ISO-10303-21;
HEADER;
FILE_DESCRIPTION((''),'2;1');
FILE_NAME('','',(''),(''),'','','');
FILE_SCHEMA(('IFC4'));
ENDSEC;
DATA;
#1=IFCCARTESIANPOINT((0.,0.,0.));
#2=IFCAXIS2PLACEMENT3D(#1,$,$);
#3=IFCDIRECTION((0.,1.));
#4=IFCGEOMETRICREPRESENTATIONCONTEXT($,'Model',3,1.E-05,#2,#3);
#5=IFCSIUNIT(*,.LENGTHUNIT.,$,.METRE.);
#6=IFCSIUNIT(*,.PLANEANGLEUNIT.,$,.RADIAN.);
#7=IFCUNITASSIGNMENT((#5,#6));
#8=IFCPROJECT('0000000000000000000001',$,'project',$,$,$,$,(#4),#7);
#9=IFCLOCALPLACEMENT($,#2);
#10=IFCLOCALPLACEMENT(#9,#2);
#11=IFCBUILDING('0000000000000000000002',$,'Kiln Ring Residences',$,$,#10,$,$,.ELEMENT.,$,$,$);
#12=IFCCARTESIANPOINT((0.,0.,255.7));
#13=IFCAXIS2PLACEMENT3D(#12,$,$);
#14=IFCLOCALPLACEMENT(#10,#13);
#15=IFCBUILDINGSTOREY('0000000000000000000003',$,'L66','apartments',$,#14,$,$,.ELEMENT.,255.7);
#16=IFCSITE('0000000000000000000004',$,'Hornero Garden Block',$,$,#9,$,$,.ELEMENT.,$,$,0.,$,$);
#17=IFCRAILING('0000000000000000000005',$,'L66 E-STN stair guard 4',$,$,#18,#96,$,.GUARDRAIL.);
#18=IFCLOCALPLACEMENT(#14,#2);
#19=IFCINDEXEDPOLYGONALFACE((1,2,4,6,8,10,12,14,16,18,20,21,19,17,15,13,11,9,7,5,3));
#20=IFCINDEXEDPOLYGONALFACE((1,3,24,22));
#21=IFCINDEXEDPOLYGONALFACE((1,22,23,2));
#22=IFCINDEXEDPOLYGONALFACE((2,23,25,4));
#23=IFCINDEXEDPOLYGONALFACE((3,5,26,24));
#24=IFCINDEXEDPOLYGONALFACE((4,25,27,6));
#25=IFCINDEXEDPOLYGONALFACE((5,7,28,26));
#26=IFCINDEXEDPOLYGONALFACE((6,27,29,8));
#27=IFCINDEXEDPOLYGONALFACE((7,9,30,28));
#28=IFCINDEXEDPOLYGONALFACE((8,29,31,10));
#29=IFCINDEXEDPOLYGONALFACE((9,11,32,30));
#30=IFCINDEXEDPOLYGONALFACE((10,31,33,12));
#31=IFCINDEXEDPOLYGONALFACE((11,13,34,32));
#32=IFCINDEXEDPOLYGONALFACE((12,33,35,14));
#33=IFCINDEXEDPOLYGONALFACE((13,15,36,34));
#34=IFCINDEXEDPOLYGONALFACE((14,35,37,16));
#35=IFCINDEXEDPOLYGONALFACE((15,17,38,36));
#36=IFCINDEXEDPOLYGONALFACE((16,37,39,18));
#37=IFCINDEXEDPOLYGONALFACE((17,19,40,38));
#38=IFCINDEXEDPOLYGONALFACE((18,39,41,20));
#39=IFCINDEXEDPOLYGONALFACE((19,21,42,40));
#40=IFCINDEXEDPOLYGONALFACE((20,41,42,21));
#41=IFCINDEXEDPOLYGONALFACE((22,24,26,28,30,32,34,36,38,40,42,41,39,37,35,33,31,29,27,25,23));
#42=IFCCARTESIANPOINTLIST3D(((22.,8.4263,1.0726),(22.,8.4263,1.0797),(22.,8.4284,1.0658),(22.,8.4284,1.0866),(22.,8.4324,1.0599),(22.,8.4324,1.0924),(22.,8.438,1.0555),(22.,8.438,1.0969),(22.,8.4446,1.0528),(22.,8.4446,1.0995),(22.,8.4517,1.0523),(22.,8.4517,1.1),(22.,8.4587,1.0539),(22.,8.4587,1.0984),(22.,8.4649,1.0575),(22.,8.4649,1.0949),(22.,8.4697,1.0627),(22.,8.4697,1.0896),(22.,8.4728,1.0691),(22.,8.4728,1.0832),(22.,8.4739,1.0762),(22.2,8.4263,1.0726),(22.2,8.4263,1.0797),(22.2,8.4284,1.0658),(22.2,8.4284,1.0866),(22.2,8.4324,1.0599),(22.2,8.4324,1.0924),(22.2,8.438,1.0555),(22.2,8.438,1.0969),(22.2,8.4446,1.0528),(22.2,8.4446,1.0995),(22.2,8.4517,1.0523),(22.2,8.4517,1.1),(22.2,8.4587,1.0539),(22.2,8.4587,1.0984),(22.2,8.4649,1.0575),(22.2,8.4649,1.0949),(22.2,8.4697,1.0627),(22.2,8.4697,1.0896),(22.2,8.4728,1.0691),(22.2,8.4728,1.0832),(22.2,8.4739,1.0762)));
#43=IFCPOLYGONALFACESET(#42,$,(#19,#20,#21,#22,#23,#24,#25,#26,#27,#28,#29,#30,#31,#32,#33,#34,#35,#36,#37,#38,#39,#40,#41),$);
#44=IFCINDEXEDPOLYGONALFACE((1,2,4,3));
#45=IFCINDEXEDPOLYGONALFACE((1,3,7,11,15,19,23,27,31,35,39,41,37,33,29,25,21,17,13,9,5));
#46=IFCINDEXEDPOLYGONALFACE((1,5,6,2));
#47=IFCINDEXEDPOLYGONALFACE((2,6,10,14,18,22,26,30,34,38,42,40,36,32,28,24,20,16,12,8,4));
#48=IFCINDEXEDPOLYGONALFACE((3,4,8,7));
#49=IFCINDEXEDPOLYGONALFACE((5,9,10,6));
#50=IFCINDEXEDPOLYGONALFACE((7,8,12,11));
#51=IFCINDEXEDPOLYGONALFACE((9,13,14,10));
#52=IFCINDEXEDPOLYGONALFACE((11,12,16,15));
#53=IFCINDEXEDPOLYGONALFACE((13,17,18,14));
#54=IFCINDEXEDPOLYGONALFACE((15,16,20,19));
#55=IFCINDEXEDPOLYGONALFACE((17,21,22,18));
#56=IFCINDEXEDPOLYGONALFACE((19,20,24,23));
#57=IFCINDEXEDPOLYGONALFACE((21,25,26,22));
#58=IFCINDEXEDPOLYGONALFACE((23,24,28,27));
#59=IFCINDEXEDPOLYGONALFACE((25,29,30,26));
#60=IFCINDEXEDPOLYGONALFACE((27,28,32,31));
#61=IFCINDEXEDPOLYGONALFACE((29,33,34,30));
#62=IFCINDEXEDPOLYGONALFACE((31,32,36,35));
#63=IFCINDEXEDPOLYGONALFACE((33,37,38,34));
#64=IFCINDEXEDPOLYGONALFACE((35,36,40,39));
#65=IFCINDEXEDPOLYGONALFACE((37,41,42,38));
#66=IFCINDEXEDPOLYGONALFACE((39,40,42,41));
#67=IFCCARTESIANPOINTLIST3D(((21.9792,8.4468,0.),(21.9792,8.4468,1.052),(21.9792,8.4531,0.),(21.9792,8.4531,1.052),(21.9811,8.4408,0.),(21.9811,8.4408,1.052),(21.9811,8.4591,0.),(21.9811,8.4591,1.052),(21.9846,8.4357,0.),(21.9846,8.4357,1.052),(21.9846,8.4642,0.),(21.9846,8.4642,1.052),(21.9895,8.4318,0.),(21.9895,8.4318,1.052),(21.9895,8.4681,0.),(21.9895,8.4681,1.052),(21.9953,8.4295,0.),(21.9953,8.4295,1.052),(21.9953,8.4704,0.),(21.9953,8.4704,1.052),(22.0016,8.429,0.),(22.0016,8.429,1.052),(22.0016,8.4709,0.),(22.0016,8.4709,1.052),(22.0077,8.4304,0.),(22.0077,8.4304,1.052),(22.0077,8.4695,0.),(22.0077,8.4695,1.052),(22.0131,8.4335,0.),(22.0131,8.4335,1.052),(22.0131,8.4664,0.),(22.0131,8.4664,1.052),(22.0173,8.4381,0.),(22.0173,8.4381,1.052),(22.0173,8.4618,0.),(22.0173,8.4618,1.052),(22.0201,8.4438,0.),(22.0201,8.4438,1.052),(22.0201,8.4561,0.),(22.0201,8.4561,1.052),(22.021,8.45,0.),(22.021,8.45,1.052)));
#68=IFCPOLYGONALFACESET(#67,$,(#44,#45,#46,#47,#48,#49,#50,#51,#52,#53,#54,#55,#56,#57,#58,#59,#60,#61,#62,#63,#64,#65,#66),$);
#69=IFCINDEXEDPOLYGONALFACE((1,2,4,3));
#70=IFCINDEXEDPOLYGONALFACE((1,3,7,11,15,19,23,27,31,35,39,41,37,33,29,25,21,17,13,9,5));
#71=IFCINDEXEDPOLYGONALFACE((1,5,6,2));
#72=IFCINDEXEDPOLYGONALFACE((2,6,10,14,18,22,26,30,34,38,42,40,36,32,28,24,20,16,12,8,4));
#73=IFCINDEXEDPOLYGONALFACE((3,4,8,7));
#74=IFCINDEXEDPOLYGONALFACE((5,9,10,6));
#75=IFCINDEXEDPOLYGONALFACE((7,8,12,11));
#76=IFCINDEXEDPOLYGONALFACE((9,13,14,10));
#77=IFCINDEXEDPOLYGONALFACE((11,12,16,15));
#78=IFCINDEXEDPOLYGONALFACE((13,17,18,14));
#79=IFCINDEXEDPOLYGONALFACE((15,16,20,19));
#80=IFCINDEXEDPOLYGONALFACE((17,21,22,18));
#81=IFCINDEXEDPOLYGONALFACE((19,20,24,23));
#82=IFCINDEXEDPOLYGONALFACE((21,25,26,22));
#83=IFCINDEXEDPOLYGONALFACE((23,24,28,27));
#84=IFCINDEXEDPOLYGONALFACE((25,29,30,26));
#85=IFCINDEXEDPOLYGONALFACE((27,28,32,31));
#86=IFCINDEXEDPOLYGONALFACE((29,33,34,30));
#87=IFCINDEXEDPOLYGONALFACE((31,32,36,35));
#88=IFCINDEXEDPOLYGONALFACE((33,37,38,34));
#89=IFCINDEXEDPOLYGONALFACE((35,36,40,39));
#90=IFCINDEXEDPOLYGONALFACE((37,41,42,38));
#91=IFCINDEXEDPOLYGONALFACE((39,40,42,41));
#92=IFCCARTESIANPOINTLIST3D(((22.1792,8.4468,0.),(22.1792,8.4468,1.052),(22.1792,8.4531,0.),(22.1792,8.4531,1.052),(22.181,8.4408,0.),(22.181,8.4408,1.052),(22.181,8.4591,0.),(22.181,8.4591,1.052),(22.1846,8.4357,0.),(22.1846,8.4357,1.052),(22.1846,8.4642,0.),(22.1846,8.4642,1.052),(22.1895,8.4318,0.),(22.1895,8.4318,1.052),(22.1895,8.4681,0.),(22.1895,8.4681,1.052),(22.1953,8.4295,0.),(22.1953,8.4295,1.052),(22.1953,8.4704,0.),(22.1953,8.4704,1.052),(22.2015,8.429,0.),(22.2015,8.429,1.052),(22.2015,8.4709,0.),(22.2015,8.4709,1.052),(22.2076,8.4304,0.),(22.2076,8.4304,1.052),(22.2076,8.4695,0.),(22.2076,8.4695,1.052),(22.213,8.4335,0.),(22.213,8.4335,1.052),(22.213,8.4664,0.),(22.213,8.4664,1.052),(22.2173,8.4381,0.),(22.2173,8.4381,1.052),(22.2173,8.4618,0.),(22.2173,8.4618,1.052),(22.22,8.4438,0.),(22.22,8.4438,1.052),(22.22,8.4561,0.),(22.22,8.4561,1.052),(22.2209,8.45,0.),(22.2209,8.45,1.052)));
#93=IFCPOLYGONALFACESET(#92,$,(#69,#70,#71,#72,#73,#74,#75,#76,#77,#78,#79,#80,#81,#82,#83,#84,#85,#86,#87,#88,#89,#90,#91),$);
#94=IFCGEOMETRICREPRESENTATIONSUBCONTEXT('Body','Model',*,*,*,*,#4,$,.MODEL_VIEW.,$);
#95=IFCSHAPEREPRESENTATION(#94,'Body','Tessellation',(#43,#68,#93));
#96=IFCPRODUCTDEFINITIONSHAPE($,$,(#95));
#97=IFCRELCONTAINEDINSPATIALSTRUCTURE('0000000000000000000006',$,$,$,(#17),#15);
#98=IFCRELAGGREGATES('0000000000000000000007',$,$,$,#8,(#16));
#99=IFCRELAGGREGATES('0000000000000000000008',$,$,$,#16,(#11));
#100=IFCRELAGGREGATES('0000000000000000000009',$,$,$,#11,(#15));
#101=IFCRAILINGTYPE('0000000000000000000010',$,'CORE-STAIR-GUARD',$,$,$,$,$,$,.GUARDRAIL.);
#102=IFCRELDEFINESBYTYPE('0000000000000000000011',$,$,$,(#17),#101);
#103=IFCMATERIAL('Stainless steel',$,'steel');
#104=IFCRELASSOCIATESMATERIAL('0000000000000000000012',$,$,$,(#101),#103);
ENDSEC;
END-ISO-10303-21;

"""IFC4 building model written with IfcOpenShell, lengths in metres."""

from ifc_helpers import new_model, si_unit, direction, frame, origin, origin_2d, place, context, subcontext, project, spatial, circle, extrude, material, type_object, element, save


model = new_model("IFC4")

# Units and contexts
model_context = context("Model", 3, precision=1e-05, world=origin(), true_north=direction((0.0, 1.0)))
body_context = subcontext(model_context, "Body", "Model", "MODEL_VIEW")
ifc_project = project(units=[si_unit("LENGTHUNIT", "METRE"), si_unit("PLANEANGLEUNIT", "RADIAN")], contexts=[model_context])

# Site, building, storey
site_placement = place(None, origin())
site = spatial("IfcSite", under=ifc_project, at=site_placement, Name="Hornero Garden Block", CompositionType="ELEMENT", RefElevation=0.0)
building_placement = place(site_placement, origin())
building = spatial("IfcBuilding", under=site, at=building_placement, Name="Kiln Ring Residences", CompositionType="ELEMENT")
storey_placement = place(building_placement, frame((0.0, 0.0, 255.7)))
storey = spatial("IfcBuildingStorey", under=building, at=storey_placement, Name="L66", Description="apartments", CompositionType="ELEMENT", Elevation=255.7)

# Railing
ifc_material_1 = material(Name="Stainless steel", Category="steel")
railing_type_1 = type_object("IfcRailingType", Name="CORE-STAIR-GUARD", PredefinedType="GUARDRAIL", material=ifc_material_1)
railing_1_placement = place(storey_placement, frame((22.0, 8.45, 0.0)))
element("IfcRailing", 1, at=railing_1_placement, inside=storey, type_object=railing_type_1, Name="L66 E-STN stair guard 4", PredefinedType="GUARDRAIL", context=body_context, shape_type="SweptSolid", body=[
    extrude(circle(Radius=0.0239, at=origin_2d()), frame((0.0, 0.0, 1.0762), z_axis=(1.0, 0.0, 0.0), x_axis=(0.0, 1.0, 0.0)), (0.0, 0.0, 1.0), 0.2),
    extrude(circle(Radius=0.021, at=origin_2d()), origin(), (0.0, 0.0, 1.0), 1.052),
    extrude(circle(Radius=0.021, at=origin_2d()), frame((0.2, 0.0, 0.0)), (0.0, 0.0, 1.0), 1.052),
])

save(model, "model.ifc")
